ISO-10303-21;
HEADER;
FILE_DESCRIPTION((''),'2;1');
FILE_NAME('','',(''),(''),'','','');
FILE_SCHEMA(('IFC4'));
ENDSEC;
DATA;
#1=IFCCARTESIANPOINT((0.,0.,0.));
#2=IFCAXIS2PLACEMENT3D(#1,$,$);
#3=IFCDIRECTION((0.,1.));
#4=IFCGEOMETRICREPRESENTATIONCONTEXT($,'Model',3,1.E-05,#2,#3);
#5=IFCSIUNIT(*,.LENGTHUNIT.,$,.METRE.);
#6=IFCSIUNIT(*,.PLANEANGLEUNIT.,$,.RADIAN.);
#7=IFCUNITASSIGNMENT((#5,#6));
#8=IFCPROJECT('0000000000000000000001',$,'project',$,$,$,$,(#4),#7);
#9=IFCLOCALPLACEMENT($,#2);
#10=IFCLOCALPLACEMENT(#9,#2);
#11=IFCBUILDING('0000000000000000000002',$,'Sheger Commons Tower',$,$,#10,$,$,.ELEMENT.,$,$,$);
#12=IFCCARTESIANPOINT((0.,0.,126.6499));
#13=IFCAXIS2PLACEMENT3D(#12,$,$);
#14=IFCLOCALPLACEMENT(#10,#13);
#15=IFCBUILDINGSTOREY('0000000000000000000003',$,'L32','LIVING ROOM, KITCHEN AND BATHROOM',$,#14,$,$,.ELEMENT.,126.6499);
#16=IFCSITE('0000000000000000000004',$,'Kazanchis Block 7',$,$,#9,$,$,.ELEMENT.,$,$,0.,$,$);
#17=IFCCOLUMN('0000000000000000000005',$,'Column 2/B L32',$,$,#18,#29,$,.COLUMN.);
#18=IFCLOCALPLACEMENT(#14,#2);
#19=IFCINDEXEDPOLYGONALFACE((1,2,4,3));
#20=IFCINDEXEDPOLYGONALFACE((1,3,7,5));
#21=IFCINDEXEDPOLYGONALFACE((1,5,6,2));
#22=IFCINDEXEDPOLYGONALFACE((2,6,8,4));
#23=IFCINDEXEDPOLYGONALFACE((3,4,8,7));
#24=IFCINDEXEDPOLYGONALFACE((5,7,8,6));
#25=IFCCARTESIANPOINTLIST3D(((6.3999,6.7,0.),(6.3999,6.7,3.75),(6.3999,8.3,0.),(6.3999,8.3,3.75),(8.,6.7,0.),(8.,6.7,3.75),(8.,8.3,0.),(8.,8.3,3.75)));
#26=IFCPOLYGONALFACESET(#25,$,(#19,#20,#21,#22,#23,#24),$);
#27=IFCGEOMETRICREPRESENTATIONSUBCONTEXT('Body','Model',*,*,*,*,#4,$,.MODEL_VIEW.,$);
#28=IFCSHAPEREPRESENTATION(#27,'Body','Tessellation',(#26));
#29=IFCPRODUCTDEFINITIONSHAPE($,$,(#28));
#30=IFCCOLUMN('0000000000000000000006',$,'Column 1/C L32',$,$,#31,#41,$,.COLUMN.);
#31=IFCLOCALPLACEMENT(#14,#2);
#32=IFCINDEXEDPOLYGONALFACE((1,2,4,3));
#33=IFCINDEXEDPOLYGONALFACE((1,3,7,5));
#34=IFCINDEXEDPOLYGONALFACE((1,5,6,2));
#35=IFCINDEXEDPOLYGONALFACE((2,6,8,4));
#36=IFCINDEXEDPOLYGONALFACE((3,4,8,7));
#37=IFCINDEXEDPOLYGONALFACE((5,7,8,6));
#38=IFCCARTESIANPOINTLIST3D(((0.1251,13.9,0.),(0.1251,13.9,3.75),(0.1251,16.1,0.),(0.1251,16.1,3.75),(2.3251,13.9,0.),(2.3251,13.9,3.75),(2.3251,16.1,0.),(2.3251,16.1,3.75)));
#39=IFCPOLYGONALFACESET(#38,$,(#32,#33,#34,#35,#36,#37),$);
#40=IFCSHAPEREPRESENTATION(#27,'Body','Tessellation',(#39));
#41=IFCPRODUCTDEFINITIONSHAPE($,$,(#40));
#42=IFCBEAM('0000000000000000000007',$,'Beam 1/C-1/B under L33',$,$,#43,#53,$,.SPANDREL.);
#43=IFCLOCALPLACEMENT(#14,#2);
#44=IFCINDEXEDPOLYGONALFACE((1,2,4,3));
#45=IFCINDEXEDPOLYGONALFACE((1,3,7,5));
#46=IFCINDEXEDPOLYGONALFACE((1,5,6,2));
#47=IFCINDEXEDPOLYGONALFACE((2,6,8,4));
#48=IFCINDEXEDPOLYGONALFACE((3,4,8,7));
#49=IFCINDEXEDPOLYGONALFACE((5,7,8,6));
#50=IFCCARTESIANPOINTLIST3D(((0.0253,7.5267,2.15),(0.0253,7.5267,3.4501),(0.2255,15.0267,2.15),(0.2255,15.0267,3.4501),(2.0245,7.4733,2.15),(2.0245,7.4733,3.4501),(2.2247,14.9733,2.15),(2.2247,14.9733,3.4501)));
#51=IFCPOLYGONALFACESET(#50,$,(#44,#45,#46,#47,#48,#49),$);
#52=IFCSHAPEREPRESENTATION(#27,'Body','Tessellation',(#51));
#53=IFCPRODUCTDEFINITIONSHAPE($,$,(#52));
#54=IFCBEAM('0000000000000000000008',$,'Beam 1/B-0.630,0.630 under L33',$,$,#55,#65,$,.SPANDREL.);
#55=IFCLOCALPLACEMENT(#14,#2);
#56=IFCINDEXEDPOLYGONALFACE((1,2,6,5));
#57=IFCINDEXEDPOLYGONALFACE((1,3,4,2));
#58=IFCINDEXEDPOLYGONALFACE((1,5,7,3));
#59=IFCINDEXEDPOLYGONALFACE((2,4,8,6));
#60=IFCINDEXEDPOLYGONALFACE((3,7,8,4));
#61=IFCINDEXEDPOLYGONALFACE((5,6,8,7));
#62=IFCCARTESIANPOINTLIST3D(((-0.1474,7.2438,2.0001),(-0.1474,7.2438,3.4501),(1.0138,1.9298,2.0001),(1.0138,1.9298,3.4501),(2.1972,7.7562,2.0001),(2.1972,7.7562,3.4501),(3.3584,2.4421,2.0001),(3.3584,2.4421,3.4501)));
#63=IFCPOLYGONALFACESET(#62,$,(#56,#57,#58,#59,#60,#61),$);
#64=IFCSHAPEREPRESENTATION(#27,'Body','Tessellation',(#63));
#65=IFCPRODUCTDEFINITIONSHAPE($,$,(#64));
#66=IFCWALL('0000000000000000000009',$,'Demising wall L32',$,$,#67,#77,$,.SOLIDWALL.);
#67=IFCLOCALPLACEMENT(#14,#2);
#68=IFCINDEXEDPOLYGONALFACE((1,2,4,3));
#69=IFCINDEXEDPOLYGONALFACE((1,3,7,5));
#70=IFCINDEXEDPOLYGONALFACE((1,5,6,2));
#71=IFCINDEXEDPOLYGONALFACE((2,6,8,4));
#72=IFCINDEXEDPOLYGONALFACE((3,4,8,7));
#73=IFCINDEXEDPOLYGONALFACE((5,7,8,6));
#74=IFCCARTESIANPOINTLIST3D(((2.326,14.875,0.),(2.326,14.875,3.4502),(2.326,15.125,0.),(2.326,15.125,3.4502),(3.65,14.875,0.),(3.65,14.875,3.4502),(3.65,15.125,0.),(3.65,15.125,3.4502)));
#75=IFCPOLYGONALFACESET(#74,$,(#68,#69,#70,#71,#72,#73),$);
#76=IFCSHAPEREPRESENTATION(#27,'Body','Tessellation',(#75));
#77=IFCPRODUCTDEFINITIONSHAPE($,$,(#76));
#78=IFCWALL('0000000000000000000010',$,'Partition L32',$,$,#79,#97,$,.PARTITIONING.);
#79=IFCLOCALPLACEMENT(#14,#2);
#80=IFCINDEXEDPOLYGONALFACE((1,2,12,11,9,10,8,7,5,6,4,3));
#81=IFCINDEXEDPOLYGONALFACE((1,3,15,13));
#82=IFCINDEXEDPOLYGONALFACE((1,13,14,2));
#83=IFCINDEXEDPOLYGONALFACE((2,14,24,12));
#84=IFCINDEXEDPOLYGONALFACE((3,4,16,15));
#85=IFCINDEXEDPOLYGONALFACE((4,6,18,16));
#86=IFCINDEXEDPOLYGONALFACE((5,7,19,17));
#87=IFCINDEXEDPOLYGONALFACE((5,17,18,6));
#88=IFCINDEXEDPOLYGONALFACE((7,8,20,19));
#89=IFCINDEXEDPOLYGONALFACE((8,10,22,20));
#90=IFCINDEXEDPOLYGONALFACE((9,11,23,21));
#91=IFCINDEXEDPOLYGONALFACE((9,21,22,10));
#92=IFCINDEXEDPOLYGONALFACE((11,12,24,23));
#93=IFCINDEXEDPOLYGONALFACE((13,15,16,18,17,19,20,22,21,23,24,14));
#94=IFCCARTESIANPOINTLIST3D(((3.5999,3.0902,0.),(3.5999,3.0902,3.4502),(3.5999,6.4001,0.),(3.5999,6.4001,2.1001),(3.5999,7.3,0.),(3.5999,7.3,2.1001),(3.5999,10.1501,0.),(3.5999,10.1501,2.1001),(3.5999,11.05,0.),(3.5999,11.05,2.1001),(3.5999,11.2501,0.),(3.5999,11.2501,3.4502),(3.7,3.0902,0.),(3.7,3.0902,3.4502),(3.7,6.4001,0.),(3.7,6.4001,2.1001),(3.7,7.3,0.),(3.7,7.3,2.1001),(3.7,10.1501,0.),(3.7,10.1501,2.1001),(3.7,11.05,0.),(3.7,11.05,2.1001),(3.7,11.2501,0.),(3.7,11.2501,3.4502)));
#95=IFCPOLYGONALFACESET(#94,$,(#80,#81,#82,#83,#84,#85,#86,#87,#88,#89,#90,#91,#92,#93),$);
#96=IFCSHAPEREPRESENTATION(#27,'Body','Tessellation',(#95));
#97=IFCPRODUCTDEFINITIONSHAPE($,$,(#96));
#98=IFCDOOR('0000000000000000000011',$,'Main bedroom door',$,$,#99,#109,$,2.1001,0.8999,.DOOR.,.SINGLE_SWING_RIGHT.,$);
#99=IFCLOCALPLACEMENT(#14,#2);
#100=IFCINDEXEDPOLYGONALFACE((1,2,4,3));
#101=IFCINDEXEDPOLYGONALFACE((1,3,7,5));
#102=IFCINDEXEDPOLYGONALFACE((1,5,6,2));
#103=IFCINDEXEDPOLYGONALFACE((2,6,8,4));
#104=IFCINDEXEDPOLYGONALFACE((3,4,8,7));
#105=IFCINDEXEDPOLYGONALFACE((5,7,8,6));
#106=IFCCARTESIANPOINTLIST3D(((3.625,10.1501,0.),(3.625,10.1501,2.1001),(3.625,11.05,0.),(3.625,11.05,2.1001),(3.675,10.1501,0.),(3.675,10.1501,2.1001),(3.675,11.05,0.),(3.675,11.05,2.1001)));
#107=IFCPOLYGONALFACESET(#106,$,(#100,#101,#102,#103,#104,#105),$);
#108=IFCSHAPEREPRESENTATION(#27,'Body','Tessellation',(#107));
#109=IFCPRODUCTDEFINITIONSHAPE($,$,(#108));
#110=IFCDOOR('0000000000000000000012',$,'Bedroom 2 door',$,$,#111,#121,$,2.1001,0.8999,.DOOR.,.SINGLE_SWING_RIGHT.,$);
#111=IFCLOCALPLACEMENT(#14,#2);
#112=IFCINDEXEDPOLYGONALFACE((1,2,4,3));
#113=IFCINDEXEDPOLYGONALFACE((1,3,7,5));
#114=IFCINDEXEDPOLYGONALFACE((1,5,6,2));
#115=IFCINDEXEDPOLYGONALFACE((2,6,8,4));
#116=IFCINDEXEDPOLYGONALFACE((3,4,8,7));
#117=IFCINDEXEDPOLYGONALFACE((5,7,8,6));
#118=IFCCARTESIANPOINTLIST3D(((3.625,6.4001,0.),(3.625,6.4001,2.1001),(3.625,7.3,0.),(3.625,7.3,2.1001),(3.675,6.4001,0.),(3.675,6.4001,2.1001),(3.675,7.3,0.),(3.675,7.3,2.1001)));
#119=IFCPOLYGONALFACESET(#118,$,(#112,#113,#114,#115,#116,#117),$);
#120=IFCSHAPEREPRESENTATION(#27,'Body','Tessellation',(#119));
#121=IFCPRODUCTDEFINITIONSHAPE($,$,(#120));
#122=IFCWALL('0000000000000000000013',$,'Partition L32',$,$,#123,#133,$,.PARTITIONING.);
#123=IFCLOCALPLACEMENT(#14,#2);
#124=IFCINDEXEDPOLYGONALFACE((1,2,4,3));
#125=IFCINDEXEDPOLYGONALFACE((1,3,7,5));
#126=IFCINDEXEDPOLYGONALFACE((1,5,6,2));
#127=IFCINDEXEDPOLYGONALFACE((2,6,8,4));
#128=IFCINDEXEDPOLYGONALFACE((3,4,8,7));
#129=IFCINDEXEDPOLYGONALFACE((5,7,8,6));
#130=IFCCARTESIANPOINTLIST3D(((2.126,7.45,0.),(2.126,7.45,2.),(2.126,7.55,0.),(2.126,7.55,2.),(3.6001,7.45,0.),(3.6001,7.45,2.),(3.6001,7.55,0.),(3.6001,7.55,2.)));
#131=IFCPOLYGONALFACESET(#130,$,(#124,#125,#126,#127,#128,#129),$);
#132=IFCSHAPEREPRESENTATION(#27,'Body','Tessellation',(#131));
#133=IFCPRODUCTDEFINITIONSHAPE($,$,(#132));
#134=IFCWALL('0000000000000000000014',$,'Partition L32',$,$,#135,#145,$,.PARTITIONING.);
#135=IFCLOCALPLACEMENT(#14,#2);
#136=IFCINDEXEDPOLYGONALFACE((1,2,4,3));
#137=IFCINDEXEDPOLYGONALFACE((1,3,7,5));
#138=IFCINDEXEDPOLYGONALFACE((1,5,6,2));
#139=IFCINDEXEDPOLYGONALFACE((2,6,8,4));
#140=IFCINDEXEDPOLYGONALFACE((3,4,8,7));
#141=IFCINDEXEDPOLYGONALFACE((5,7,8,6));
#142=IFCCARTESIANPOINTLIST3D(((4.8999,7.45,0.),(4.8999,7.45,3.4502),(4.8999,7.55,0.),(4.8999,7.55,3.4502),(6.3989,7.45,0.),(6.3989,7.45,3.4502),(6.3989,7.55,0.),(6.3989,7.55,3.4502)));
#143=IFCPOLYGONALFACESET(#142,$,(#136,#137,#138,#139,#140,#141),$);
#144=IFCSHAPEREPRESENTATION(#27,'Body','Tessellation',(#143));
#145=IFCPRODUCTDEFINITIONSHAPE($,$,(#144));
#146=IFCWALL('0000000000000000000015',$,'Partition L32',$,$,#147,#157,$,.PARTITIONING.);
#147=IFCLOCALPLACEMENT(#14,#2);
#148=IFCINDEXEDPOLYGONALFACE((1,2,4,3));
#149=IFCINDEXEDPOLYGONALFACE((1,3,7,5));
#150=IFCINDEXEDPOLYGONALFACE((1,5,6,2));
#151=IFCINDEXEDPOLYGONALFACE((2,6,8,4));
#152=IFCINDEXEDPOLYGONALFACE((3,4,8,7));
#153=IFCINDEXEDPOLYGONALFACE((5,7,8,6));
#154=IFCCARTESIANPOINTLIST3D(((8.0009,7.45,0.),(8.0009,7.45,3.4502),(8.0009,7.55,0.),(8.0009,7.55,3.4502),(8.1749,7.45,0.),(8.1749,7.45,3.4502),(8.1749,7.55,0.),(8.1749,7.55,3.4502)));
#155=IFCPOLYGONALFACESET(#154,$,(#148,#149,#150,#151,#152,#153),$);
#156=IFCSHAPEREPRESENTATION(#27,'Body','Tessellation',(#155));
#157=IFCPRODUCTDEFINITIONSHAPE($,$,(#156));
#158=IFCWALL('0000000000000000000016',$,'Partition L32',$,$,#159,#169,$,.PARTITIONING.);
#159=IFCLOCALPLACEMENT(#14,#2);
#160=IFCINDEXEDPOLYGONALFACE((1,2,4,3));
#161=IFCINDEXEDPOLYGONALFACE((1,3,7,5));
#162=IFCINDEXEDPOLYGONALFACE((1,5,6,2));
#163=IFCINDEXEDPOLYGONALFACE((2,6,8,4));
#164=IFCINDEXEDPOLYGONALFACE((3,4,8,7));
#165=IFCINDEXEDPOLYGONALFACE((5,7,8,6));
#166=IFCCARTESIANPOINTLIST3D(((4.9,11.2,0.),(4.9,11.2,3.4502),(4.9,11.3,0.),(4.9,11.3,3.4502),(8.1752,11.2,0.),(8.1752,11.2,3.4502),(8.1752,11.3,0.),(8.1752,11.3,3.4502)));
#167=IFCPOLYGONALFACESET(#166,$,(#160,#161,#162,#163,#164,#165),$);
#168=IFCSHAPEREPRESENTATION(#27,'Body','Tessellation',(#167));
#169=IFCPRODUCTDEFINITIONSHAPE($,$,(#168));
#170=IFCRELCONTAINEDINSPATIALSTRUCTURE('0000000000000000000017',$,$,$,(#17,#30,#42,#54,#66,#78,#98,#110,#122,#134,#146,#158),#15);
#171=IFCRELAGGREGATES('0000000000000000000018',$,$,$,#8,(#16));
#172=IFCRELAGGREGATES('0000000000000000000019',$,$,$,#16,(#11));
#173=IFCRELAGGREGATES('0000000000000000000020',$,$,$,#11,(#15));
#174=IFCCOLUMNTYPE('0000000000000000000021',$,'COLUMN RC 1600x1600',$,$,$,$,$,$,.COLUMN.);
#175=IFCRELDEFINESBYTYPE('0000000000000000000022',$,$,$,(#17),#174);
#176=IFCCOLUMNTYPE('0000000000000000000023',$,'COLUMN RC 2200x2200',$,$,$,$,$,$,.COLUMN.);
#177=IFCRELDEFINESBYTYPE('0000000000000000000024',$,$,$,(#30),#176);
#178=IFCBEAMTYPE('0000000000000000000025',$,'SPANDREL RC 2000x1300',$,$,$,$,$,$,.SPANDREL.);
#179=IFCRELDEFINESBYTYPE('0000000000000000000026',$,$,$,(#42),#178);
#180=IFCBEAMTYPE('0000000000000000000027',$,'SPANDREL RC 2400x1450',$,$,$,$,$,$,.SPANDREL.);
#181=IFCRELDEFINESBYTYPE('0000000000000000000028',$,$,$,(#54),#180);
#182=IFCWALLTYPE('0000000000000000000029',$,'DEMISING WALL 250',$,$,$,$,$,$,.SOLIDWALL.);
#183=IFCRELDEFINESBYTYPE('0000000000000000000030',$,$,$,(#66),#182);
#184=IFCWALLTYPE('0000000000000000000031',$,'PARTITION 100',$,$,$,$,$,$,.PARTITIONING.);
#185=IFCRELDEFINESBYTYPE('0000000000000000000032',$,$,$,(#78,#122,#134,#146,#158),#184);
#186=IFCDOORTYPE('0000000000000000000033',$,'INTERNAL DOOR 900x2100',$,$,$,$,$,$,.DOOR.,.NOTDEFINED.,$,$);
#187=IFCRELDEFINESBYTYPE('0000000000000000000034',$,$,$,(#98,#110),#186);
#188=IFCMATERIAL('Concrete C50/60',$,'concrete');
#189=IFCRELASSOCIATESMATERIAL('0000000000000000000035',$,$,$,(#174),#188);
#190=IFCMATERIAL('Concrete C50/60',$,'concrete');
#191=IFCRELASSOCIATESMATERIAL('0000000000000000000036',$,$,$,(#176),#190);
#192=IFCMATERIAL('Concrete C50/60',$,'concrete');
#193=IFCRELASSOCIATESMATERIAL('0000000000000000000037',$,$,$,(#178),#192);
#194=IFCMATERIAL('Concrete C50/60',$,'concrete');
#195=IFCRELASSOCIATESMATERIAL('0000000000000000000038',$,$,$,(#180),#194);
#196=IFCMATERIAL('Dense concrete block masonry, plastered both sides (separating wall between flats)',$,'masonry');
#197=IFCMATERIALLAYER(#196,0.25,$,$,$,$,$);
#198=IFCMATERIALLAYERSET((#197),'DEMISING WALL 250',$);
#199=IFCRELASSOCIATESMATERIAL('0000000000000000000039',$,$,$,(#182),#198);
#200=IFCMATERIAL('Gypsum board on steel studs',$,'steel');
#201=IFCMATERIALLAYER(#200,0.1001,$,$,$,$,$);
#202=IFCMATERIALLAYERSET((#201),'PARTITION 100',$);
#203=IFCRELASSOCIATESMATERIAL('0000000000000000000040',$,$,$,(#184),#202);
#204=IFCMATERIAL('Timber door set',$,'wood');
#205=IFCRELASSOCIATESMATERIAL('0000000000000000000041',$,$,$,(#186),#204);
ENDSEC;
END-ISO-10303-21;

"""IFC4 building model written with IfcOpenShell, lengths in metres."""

from ifc_helpers import new_model, si_unit, direction, frame, frame_2d, origin, origin_2d, place, context, subcontext, project, spatial, rectangle, extrude, material, layer, layer_set, material_profile, profile_set, type_object, element, fill, save


model = new_model("IFC4")

# Units and contexts
model_context = context("Model", 3, precision=1e-05, world=origin(), true_north=direction((0.0, 1.0)))
body_context = subcontext(model_context, "Body", "Model", "MODEL_VIEW")
ifc_project = project(units=[si_unit("LENGTHUNIT", "METRE"), si_unit("PLANEANGLEUNIT", "RADIAN")], contexts=[model_context])

# Site, building, storey
site_placement = place(None, origin())
site = spatial("IfcSite", under=ifc_project, at=site_placement, Name="Kazanchis Block 7", CompositionType="ELEMENT", RefElevation=0.0)
building_placement = place(site_placement, origin())
building = spatial("IfcBuilding", under=site, at=building_placement, Name="Sheger Commons Tower", CompositionType="ELEMENT")
storey_placement = place(building_placement, frame((0.0, 0.0, 126.6499)))
storey = spatial("IfcBuildingStorey", under=building, at=storey_placement, Name="L32", Description="LIVING ROOM, KITCHEN AND BATHROOM", CompositionType="ELEMENT", Elevation=126.6499)

# Columns
ifc_material_1 = material(Name="Concrete C50/60", Category="concrete")
ifc_material_profile_1 = material_profile(ifc_material_1, rectangle(XDim=1.6001, YDim=1.6001, at=origin_2d()), Name="RC 1600x1600")
ifc_profile_set_1 = profile_set([ifc_material_profile_1], Name="Concrete C50/60")
column_type_1 = type_object("IfcColumnType", Name="COLUMN RC 1600x1600", PredefinedType="COLUMN", material=ifc_profile_set_1)
column_1_placement = place(storey_placement, frame((7.2, 7.5, 0.0), z_axis=(0.0, 0.0, 1.0), x_axis=(1.0, 0.0, 0.0)))
element("IfcColumn", 1, at=column_1_placement, inside=storey, type_object=column_type_1, Name="Column 2/B L32", PredefinedType="COLUMN", context=body_context, shape_type="SweptSolid", body=[
    extrude(rectangle(XDim=1.6001, YDim=1.6001, at=origin_2d()), origin(), (0.0, 0.0, 1.0), 3.75),
])
ifc_material_2 = material(Name="Concrete C50/60", Category="concrete")
ifc_material_profile_2 = material_profile(ifc_material_2, rectangle(XDim=2.2, YDim=2.2, at=origin_2d()), Name="RC 2200x2200")
ifc_profile_set_2 = profile_set([ifc_material_profile_2], Name="Concrete C50/60")
column_type_2 = type_object("IfcColumnType", Name="COLUMN RC 2200x2200", PredefinedType="COLUMN", material=ifc_profile_set_2)
column_2_placement = place(storey_placement, frame((1.2251, 15.0, 0.0), z_axis=(0.0, 0.0, 1.0), x_axis=(1.0, 0.0, 0.0)))
element("IfcColumn", 2, at=column_2_placement, inside=storey, type_object=column_type_2, Name="Column 1/C L32", PredefinedType="COLUMN", context=body_context, shape_type="SweptSolid", body=[
    extrude(rectangle(XDim=2.2, YDim=2.2, at=origin_2d()), origin(), (0.0, 0.0, 1.0), 3.75),
])

# Beams
ifc_material_3 = material(Name="Concrete C50/60", Category="concrete")
ifc_material_profile_3 = material_profile(ifc_material_3, rectangle(XDim=2.0, YDim=1.3, at=origin_2d()), Name="RC 2000x1300")
ifc_profile_set_3 = profile_set([ifc_material_profile_3], Name="Concrete C50/60")
beam_type_1 = type_object("IfcBeamType", Name="SPANDREL RC 2000x1300", PredefinedType="SPANDREL", material=ifc_profile_set_3)
beam_1_placement = place(storey_placement, frame((1.2251, 15.0, 2.8), z_axis=(-0.026683, -0.999644, 0.0), x_axis=(0.999644, -0.026683, 0.0)))
element("IfcBeam", 3, at=beam_1_placement, inside=storey, type_object=beam_type_1, Name="Beam 1/C-1/B under L33", PredefinedType="SPANDREL", context=body_context, shape_type="SweptSolid", body=[
    extrude(rectangle(XDim=2.0, YDim=1.3, at=origin_2d()), origin(), (0.0, 0.0, 1.0), 7.5027),
])
ifc_material_4 = material(Name="Concrete C50/60", Category="concrete")
ifc_material_profile_4 = material_profile(ifc_material_4, rectangle(XDim=2.3999, YDim=1.45, at=origin_2d()), Name="RC 2400x1450")
ifc_profile_set_4 = profile_set([ifc_material_profile_4], Name="Concrete C50/60")
beam_type_2 = type_object("IfcBeamType", Name="SPANDREL RC 2400x1450", PredefinedType="SPANDREL", material=ifc_profile_set_4)
beam_2_placement = place(storey_placement, frame((1.0249, 7.5, 2.7251), z_axis=(0.213469, -0.97695, 0.0), x_axis=(0.97695, 0.213469, 0.0)))
element("IfcBeam", 4, at=beam_2_placement, inside=storey, type_object=beam_type_2, Name="Beam 1/B-0.630,0.630 under L33", PredefinedType="SPANDREL", context=body_context, shape_type="SweptSolid", body=[
    extrude(rectangle(XDim=2.3999, YDim=1.45, at=origin_2d()), origin(), (0.0, 0.0, 1.0), 5.4395),
])

# Wall
ifc_material_5 = material(Name="Dense concrete block masonry, plastered both sides (separating wall between flats)", Category="masonry")
ifc_layer_1 = layer(ifc_material_5, 0.25)
ifc_layer_set_1 = layer_set([ifc_layer_1], Name="DEMISING WALL 250")
wall_type_1 = type_object("IfcWallType", Name="DEMISING WALL 250", PredefinedType="SOLIDWALL", material=ifc_layer_set_1)
wall_1_placement = place(storey_placement, frame((2.3259, 15.0, 0.0), z_axis=(0.0, 0.0, 1.0), x_axis=(1.0, 0.0, 0.0)))
element("IfcWall", 5, at=wall_1_placement, inside=storey, type_object=wall_type_1, Name="Demising wall L32", PredefinedType="SOLIDWALL", context=body_context, shape_type="SweptSolid", body=[
    extrude(rectangle(XDim=1.324, YDim=0.25, at=frame_2d((0.6621, 0.0))), origin(), (0.0, 0.0, 1.0), 3.4502),
])

# Wall, openings, doors
ifc_material_6 = material(Name="Gypsum board on steel studs", Category="steel")
ifc_layer_2 = layer(ifc_material_6, 0.1001)
ifc_layer_set_2 = layer_set([ifc_layer_2], Name="PARTITION 100")
wall_type_2 = type_object("IfcWallType", Name="PARTITION 100", PredefinedType="PARTITIONING", material=ifc_layer_set_2)
wall_2_placement = place(storey_placement, frame((3.6499, 3.0901, 0.0), z_axis=(0.0, 0.0, 1.0), x_axis=(0.0, 1.0, 0.0)))
wall_2 = element("IfcWall", 6, at=wall_2_placement, inside=storey, type_object=wall_type_2, Name="Partition L32", PredefinedType="PARTITIONING", context=body_context, shape_type="SweptSolid", body=[
    extrude(rectangle(XDim=8.1599, YDim=0.1001, at=frame_2d((4.0801, 0.0))), origin(), (0.0, 0.0, 1.0), 3.4502),
])
opening_1_placement = place(wall_2_placement, frame((7.0601, 0.0, 0.0)))
opening_1 = element("IfcOpeningElement", 7, at=opening_1_placement, cuts=wall_2, PredefinedType="OPENING", context=body_context, shape_type="SweptSolid", body=[
    extrude(rectangle(XDim=0.8999, YDim=2.1001, at=frame_2d((0.45, 1.05))), frame((0.0, 0.0601, 0.0), z_axis=(0.0, -1.0, 0.0), x_axis=(1.0, 0.0, 0.0)), (0.0, 0.0, 1.0), 0.1201),
])
opening_2_placement = place(wall_2_placement, frame((3.3101, 0.0, 0.0)))
opening_2 = element("IfcOpeningElement", 8, at=opening_2_placement, cuts=wall_2, PredefinedType="OPENING", context=body_context, shape_type="SweptSolid", body=[
    extrude(rectangle(XDim=0.8999, YDim=2.1001, at=frame_2d((0.45, 1.05))), frame((0.0, 0.0601, 0.0), z_axis=(0.0, -1.0, 0.0), x_axis=(1.0, 0.0, 0.0)), (0.0, 0.0, 1.0), 0.1201),
])
ifc_material_7 = material(Name="Timber door set", Category="wood")
door_type = type_object("IfcDoorType", Name="INTERNAL DOOR 900x2100", OperationType="NOTDEFINED", PredefinedType="DOOR", material=ifc_material_7)
door_1_placement = place(opening_1_placement, origin())
door_1 = element("IfcDoor", 9, at=door_1_placement, inside=storey, type_object=door_type, Name="Main bedroom door", OperationType="SINGLE_SWING_RIGHT", OverallHeight=2.1001, OverallWidth=0.8999, PredefinedType="DOOR", context=body_context, shape_type="SweptSolid", body=[
    extrude(rectangle(XDim=0.8999, YDim=2.1001, at=frame_2d((0.45, 1.05))), frame((0.0, 0.0249, 0.0), z_axis=(0.0, -1.0, 0.0), x_axis=(1.0, 0.0, 0.0)), (0.0, 0.0, 1.0), 0.05),
])
fill(opening_1, door_1)
door_2_placement = place(opening_2_placement, origin())
door_2 = element("IfcDoor", 10, at=door_2_placement, inside=storey, type_object=door_type, Name="Bedroom 2 door", OperationType="SINGLE_SWING_RIGHT", OverallHeight=2.1001, OverallWidth=0.8999, PredefinedType="DOOR", context=body_context, shape_type="SweptSolid", body=[
    extrude(rectangle(XDim=0.8999, YDim=2.1001, at=frame_2d((0.45, 1.05))), frame((0.0, 0.0249, 0.0), z_axis=(0.0, -1.0, 0.0), x_axis=(1.0, 0.0, 0.0)), (0.0, 0.0, 1.0), 0.05),
])
fill(opening_2, door_2)

# Walls
wall_3_placement = place(storey_placement, frame((2.126, 7.5, 0.0), z_axis=(0.0, 0.0, 1.0), x_axis=(1.0, 0.0, 0.0)))
element("IfcWall", 11, at=wall_3_placement, inside=storey, type_object=wall_type_2, Name="Partition L32", PredefinedType="PARTITIONING", context=body_context, shape_type="SweptSolid", body=[
    extrude(rectangle(XDim=1.4741, YDim=0.1001, at=frame_2d((0.7371, 0.0))), origin(), (0.0, 0.0, 1.0), 2.0),
])
wall_4_placement = place(storey_placement, frame((4.8999, 7.5, 0.0), z_axis=(0.0, 0.0, 1.0), x_axis=(1.0, 0.0, 0.0)))
element("IfcWall", 12, at=wall_4_placement, inside=storey, type_object=wall_type_2, Name="Partition L32", PredefinedType="PARTITIONING", context=body_context, shape_type="SweptSolid", body=[
    extrude(rectangle(XDim=1.499, YDim=0.1001, at=frame_2d((0.7495, 0.0))), origin(), (0.0, 0.0, 1.0), 3.4502),
])
wall_5_placement = place(storey_placement, frame((8.001, 7.5, 0.0), z_axis=(0.0, 0.0, 1.0), x_axis=(1.0, 0.0, 0.0)))
element("IfcWall", 13, at=wall_5_placement, inside=storey, type_object=wall_type_2, Name="Partition L32", PredefinedType="PARTITIONING", context=body_context, shape_type="SweptSolid", body=[
    extrude(rectangle(XDim=0.1741, YDim=0.1001, at=frame_2d((0.0869, 0.0))), origin(), (0.0, 0.0, 1.0), 3.4502),
])
for number, where, z_axis, x_axis, name in (
    (14, (4.8999, 11.25, 0.0), (0.0, 0.0, 1.0), (1.0, 0.0, 0.0), "Partition L32"),
):
    element("IfcWall", number, at=place(storey_placement, frame(where, z_axis=z_axis, x_axis=x_axis)), inside=storey, type_object=wall_type_2, Name=name, PredefinedType="PARTITIONING", context=body_context, shape_type="SweptSolid", body=[
        extrude(rectangle(XDim=3.2751, YDim=0.1001, at=frame_2d((1.6377, 0.0))), origin(), (0.0, 0.0, 1.0), 3.4502),
    ])

save(model, "model.ifc")
